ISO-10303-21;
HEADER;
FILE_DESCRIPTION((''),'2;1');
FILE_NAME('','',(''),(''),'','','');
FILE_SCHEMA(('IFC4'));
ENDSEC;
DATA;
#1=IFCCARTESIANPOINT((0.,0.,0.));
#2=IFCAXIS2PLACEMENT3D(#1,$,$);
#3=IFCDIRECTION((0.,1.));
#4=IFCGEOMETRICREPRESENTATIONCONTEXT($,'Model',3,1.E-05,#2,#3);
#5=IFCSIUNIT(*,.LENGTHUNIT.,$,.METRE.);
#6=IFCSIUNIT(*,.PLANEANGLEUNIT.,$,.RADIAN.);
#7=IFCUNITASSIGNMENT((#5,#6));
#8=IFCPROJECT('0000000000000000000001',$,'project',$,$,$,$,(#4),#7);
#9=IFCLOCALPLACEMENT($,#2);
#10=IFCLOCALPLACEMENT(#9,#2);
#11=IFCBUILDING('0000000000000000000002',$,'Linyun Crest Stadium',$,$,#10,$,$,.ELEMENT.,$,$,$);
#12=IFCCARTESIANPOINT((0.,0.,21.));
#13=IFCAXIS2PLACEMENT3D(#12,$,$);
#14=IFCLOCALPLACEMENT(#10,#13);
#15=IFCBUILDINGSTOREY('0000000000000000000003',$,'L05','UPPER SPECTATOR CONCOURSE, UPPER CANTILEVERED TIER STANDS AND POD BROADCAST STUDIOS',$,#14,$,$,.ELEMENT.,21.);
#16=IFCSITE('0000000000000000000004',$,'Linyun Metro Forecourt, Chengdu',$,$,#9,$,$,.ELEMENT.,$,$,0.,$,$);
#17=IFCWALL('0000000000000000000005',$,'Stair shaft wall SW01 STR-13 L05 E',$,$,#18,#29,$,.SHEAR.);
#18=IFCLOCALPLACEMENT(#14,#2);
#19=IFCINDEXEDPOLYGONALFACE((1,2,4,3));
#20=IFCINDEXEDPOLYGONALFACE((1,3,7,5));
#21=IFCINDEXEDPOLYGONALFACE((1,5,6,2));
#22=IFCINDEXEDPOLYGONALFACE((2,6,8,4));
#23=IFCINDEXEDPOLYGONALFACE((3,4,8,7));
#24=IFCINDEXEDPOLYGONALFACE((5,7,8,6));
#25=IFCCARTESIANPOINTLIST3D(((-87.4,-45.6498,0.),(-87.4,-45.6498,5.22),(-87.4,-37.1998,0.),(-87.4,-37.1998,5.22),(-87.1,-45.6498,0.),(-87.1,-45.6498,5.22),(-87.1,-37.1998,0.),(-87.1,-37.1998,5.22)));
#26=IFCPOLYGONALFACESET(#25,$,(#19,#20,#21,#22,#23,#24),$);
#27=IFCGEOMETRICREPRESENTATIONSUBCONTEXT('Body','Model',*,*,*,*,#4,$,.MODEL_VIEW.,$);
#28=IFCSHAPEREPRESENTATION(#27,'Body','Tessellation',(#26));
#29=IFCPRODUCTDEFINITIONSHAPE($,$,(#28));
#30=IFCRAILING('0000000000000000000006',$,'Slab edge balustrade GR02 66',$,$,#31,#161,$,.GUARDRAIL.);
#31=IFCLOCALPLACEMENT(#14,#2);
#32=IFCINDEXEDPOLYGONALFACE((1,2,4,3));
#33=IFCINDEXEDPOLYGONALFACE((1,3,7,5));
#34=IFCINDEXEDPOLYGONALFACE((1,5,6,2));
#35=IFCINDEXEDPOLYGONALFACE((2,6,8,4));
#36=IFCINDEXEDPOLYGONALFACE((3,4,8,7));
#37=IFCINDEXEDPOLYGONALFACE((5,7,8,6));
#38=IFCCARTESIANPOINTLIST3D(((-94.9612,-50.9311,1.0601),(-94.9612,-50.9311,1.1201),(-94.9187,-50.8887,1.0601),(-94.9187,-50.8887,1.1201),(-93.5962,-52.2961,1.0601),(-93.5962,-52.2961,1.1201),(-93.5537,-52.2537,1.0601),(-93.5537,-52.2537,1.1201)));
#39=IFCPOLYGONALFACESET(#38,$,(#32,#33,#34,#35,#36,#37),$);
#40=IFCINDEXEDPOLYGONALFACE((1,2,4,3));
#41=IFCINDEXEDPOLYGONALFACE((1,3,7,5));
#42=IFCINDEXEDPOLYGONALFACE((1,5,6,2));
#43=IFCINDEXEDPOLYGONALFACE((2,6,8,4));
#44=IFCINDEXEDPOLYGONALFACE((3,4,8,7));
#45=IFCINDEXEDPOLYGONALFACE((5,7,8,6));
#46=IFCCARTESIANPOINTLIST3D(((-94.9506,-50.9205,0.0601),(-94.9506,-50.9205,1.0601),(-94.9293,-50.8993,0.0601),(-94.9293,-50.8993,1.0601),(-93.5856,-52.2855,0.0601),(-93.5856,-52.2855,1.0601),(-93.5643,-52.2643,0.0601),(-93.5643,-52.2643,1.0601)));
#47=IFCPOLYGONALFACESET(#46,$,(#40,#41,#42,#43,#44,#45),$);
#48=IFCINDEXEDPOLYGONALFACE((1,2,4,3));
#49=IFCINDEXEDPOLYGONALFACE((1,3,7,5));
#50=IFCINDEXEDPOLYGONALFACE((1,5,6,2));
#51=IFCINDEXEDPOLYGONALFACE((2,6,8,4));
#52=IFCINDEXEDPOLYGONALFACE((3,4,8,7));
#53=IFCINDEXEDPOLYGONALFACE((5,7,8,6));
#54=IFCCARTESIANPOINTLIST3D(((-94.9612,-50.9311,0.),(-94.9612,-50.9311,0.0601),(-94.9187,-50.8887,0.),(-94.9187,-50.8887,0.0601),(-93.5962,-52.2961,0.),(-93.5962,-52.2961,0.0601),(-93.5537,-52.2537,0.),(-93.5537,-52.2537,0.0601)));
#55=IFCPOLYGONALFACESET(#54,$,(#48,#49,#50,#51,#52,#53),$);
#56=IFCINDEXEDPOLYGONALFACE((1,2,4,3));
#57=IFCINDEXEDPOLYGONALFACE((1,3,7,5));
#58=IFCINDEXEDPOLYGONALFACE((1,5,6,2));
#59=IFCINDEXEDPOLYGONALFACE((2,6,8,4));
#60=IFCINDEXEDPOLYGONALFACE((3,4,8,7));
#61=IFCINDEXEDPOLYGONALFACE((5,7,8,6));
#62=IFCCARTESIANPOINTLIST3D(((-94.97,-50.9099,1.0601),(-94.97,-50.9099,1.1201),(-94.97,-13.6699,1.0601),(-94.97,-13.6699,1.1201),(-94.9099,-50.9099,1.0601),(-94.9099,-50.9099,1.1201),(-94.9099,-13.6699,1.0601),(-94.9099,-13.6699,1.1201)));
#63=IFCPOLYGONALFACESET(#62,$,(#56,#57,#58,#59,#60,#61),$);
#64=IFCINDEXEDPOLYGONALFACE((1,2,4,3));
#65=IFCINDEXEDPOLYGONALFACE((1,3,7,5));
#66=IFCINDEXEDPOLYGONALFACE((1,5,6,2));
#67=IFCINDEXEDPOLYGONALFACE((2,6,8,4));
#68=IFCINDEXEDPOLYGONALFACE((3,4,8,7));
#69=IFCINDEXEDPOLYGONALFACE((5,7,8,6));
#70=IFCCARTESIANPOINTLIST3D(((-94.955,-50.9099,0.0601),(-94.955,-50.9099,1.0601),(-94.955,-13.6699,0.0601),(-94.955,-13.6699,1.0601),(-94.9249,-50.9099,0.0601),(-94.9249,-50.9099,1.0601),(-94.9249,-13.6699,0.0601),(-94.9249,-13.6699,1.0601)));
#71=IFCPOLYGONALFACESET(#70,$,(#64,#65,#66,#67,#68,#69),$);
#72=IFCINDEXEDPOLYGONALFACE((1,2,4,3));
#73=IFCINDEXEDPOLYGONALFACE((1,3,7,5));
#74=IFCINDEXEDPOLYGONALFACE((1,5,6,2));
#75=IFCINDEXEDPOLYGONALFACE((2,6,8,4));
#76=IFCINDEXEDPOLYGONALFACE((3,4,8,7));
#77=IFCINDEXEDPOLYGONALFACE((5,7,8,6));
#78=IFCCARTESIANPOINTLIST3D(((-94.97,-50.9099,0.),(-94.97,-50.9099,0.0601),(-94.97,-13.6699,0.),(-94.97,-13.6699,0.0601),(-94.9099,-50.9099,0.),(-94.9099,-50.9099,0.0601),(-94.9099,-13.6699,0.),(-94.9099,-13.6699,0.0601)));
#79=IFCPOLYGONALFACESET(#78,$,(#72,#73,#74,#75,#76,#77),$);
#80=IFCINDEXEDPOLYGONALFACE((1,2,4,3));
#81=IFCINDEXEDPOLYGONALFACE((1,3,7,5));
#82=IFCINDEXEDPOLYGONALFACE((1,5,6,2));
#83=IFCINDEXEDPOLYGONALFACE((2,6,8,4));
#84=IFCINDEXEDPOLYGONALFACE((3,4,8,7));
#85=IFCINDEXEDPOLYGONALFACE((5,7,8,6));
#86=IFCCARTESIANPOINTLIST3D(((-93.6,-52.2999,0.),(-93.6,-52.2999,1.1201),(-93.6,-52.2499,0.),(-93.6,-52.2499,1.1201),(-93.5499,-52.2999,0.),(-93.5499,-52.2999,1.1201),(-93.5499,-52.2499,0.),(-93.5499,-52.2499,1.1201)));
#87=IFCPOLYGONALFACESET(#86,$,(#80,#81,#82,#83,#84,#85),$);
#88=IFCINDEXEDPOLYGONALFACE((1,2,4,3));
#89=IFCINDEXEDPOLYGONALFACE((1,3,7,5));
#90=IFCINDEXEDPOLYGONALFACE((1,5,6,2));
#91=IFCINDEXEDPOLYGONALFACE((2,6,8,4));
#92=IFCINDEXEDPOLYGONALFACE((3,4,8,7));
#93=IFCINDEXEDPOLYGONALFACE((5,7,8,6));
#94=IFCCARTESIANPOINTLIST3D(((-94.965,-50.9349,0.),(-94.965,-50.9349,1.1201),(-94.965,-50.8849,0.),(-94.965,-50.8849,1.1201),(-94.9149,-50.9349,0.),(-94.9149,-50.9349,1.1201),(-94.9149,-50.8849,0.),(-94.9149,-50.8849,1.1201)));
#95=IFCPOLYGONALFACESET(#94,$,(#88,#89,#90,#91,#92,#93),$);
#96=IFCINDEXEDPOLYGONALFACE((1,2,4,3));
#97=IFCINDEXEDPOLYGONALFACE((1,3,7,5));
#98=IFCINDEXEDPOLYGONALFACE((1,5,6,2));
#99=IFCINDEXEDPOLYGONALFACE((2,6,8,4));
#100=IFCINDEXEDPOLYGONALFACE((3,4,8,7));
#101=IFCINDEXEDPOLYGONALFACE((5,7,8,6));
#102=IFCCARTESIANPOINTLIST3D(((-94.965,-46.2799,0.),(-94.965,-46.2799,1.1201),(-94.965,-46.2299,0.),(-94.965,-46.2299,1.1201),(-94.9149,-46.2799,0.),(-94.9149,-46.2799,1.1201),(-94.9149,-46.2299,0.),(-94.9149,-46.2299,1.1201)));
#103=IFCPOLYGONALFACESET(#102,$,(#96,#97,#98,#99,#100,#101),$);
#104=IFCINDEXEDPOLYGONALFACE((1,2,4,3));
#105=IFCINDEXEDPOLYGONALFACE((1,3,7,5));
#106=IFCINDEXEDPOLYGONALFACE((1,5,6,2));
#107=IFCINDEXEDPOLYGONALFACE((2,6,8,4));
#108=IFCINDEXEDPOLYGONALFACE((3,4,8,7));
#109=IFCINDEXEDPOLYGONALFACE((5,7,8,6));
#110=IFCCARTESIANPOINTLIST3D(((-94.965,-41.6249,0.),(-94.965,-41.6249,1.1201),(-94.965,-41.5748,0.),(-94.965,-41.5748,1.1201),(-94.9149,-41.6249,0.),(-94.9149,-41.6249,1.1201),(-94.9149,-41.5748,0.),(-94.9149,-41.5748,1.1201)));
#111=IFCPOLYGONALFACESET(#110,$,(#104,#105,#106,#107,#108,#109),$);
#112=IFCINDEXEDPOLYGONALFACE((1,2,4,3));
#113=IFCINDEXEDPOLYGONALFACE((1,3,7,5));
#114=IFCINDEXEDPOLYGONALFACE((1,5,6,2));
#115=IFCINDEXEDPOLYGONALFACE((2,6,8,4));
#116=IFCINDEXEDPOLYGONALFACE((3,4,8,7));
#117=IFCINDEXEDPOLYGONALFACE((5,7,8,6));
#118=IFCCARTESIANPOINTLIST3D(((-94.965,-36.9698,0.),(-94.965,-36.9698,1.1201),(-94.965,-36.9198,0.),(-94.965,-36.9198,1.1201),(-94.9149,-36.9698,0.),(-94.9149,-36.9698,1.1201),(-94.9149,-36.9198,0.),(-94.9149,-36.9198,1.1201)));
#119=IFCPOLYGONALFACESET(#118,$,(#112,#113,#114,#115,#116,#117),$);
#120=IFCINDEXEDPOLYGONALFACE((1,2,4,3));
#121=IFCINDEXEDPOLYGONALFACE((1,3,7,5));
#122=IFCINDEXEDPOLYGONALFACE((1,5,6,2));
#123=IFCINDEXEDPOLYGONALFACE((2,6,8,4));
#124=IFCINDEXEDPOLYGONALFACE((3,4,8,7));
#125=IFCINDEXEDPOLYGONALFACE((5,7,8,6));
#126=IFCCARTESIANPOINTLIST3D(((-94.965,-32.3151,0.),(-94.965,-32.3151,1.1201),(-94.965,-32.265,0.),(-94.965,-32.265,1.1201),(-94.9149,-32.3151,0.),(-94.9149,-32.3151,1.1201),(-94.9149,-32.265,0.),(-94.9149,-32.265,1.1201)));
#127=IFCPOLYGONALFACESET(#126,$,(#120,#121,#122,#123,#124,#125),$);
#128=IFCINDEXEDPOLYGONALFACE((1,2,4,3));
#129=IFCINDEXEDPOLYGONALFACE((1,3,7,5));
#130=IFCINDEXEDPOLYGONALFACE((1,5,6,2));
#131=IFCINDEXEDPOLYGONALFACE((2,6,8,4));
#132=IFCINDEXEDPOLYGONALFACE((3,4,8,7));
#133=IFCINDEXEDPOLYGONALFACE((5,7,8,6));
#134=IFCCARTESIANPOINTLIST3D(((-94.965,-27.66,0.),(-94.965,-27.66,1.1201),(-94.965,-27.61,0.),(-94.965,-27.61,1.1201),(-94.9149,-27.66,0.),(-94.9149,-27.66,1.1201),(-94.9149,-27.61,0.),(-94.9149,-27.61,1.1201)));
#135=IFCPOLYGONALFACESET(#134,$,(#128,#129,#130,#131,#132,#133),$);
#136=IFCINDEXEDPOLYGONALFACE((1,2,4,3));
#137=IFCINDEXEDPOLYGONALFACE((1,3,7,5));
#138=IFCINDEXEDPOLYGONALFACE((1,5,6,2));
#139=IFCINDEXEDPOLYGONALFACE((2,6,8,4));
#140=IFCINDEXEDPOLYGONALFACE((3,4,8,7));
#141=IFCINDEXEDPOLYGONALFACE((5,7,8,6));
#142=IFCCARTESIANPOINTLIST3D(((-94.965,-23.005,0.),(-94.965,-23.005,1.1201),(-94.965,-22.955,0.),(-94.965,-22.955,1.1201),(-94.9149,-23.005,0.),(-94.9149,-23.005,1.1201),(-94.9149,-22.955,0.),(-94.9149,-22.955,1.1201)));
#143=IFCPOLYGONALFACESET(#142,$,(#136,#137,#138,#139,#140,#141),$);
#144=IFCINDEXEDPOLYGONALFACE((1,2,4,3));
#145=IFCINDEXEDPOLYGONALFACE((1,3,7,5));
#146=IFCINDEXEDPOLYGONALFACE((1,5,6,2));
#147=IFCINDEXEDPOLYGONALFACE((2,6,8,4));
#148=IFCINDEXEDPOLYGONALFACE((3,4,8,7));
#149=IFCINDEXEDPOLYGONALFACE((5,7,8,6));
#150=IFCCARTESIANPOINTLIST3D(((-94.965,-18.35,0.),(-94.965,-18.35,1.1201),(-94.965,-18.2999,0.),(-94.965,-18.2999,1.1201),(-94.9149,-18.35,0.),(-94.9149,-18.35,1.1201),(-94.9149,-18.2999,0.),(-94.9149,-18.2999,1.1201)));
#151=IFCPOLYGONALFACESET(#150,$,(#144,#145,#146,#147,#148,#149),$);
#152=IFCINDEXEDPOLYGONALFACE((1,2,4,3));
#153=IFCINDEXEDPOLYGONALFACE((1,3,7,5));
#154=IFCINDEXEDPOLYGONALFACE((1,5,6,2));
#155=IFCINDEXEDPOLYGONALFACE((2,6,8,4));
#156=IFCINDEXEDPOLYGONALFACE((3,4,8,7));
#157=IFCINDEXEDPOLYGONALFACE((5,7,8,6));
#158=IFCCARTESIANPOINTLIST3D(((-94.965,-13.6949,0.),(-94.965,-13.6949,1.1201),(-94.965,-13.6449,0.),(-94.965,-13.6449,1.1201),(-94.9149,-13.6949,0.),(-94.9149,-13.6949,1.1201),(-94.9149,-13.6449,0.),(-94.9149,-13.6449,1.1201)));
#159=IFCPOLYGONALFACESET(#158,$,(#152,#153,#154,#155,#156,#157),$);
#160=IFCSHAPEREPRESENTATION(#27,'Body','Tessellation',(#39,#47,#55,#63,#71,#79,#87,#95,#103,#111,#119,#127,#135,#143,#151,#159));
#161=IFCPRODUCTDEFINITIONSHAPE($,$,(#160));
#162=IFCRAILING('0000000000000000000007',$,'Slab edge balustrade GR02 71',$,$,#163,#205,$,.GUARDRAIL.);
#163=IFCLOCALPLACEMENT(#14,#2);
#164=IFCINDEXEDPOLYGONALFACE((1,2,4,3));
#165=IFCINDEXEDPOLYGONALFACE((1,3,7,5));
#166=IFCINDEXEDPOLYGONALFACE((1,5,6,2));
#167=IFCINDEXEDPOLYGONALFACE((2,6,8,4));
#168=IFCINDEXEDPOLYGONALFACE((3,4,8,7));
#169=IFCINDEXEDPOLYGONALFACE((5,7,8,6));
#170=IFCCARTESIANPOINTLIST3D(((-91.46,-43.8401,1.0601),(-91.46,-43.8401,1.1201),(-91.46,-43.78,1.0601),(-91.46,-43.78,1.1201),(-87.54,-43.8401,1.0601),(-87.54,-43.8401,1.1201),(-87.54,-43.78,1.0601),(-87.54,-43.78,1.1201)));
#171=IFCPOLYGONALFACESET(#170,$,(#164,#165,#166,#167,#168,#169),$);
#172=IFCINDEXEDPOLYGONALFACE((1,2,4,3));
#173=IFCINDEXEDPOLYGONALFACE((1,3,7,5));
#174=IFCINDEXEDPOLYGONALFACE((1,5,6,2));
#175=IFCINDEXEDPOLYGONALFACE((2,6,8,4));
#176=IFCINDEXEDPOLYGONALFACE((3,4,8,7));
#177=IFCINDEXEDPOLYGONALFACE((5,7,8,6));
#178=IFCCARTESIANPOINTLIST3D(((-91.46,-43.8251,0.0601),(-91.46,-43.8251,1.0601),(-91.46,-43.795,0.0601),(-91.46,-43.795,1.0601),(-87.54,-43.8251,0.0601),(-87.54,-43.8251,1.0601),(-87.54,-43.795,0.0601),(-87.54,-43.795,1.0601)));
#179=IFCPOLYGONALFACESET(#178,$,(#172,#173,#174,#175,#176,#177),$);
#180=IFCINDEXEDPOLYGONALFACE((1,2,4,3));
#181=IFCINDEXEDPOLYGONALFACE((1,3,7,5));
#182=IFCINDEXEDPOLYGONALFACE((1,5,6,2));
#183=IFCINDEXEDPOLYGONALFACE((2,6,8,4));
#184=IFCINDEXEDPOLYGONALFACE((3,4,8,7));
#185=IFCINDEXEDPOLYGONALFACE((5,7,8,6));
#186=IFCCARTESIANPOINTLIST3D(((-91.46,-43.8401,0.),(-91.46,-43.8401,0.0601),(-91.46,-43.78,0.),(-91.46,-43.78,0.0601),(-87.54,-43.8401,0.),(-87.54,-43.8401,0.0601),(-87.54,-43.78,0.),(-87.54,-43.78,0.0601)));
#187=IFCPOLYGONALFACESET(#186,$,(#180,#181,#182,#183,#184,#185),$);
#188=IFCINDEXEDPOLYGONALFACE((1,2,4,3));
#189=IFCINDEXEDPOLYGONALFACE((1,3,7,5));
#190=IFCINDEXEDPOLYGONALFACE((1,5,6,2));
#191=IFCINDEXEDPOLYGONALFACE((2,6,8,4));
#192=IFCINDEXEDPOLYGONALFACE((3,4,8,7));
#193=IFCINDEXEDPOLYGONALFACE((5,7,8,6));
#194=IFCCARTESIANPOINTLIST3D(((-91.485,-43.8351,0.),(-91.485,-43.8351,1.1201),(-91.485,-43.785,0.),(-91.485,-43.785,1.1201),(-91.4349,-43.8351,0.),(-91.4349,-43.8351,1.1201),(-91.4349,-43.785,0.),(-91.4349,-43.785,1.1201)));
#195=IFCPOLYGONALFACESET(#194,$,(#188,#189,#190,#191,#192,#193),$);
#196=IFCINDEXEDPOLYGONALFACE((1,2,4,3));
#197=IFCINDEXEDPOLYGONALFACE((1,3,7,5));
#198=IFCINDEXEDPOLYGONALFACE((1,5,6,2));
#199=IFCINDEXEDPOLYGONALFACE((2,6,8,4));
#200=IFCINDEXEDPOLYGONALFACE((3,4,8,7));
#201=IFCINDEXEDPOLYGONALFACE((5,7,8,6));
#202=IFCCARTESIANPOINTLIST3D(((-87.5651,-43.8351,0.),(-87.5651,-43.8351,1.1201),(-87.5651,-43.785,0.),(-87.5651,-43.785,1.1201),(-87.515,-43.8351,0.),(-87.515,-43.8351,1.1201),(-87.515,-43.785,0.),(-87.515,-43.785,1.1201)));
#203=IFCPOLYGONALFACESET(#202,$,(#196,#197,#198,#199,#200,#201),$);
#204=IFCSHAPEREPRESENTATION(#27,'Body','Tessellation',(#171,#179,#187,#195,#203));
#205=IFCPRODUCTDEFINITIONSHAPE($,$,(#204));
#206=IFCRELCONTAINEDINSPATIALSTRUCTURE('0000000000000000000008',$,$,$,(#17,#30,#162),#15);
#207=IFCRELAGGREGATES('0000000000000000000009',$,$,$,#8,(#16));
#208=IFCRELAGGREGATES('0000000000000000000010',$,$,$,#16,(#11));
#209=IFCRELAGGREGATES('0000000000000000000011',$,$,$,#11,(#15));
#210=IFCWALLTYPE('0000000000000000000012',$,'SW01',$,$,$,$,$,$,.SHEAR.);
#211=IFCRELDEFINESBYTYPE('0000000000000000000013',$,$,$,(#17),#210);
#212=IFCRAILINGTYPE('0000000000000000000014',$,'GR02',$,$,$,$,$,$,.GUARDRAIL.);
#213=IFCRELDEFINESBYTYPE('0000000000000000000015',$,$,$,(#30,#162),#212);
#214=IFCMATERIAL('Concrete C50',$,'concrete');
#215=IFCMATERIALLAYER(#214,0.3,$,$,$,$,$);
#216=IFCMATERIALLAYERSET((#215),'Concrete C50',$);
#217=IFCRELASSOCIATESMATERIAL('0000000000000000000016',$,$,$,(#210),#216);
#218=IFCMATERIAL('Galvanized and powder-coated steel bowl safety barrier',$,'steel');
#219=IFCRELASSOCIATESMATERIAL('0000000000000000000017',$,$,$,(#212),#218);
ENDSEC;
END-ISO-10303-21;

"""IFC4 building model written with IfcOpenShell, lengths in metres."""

from ifc_helpers import new_model, si_unit, direction, frame, frame_2d, origin, origin_2d, place, context, subcontext, project, spatial, rectangle, extrude, material, layer, layer_set, type_object, element, save


model = new_model("IFC4")

# Units and contexts
model_context = context("Model", 3, precision=1e-05, world=origin(), true_north=direction((0.0, 1.0)))
body_context = subcontext(model_context, "Body", "Model", "MODEL_VIEW")
ifc_project = project(units=[si_unit("LENGTHUNIT", "METRE"), si_unit("PLANEANGLEUNIT", "RADIAN")], contexts=[model_context])

# Site, building, storey
site_placement = place(None, origin())
site = spatial("IfcSite", under=ifc_project, at=site_placement, Name="Linyun Metro Forecourt, Chengdu", CompositionType="ELEMENT", RefElevation=0.0)
building_placement = place(site_placement, origin())
building = spatial("IfcBuilding", under=site, at=building_placement, Name="Linyun Crest Stadium", CompositionType="ELEMENT")
storey_placement = place(building_placement, frame((0.0, 0.0, 21.0)))
storey = spatial("IfcBuildingStorey", under=building, at=storey_placement, Name="L05", Description="UPPER SPECTATOR CONCOURSE, UPPER CANTILEVERED TIER STANDS AND POD BROADCAST STUDIOS", CompositionType="ELEMENT", Elevation=21.0)

# Shared definitions
ifc_material_1 = material(Name="Concrete C50", Category="concrete")
ifc_layer_1 = layer(ifc_material_1, 0.3)
ifc_layer_set_1 = layer_set([ifc_layer_1], Name="Concrete C50")
wall_type_1 = type_object("IfcWallType", Name="SW01", PredefinedType="SHEAR", material=ifc_layer_set_1)

# Wall
for number, where, z_axis, x_axis, name in (
    (1, (-87.25, -45.6499, 0.0), (0.0, 0.0, 1.0), (0.0, 1.0, 0.0), "Stair shaft wall SW01 STR-13 L05 E"),
):
    element("IfcWall", number, at=place(storey_placement, frame(where, z_axis=z_axis, x_axis=x_axis)), inside=storey, type_object=wall_type_1, Name=name, PredefinedType="SHEAR", context=body_context, shape_type="SweptSolid", body=[
        extrude(rectangle(XDim=8.45, YDim=0.3, at=frame_2d((4.2251, 0.0))), origin(), (0.0, 0.0, 1.0), 5.22),
    ])

# Railings
ifc_material_2 = material(Name="Galvanized and powder-coated steel bowl safety barrier", Category="steel")
railing_type_1 = type_object("IfcRailingType", Name="GR02", PredefinedType="GUARDRAIL", material=ifc_material_2)
railing_1_placement = place(storey_placement, frame((-93.575, -52.2749, 0.0)))
element("IfcRailing", 2, at=railing_1_placement, inside=storey, type_object=railing_type_1, Name="Slab edge balustrade GR02 66", PredefinedType="GUARDRAIL", context=body_context, shape_type="SweptSolid", body=[
    extrude(rectangle(XDim=0.0601, YDim=0.0601, at=origin_2d()), frame((0.0, 0.0, 1.0901), z_axis=(-0.707107, 0.707107, 0.0), x_axis=(-0.707107, -0.707107, 0.0)), (0.0, 0.0, 1.0), 1.9304),
    extrude(rectangle(XDim=0.03, YDim=1.0, at=origin_2d()), frame((0.0, 0.0, 0.5601), z_axis=(-0.707107, 0.707107, 0.0), x_axis=(-0.707107, -0.707107, 0.0)), (0.0, 0.0, 1.0), 1.9304),
    extrude(rectangle(XDim=0.0601, YDim=0.0601, at=origin_2d()), frame((0.0, 0.0, 0.03), z_axis=(-0.707107, 0.707107, 0.0), x_axis=(-0.707107, -0.707107, 0.0)), (0.0, 0.0, 1.0), 1.9304),
    extrude(rectangle(XDim=0.0601, YDim=0.0601, at=origin_2d()), frame((-1.365, 1.365, 1.0901), z_axis=(0.0, 1.0, 0.0), x_axis=(-1.0, 0.0, 0.0)), (0.0, 0.0, 1.0), 37.24),
    extrude(rectangle(XDim=0.03, YDim=1.0, at=origin_2d()), frame((-1.365, 1.365, 0.5601), z_axis=(0.0, 1.0, 0.0), x_axis=(-1.0, 0.0, 0.0)), (0.0, 0.0, 1.0), 37.24),
    extrude(rectangle(XDim=0.0601, YDim=0.0601, at=origin_2d()), frame((-1.365, 1.365, 0.03), z_axis=(0.0, 1.0, 0.0), x_axis=(-1.0, 0.0, 0.0)), (0.0, 0.0, 1.0), 37.24),
    extrude(rectangle(XDim=0.05, YDim=0.05, at=origin_2d()), origin(), (0.0, 0.0, 1.0), 1.1201),
    extrude(rectangle(XDim=0.05, YDim=0.05, at=origin_2d()), frame((-1.365, 1.365, 0.0)), (0.0, 0.0, 1.0), 1.1201),
    extrude(rectangle(XDim=0.05, YDim=0.05, at=origin_2d()), frame((-1.365, 6.02, 0.0)), (0.0, 0.0, 1.0), 1.1201),
    extrude(rectangle(XDim=0.05, YDim=0.05, at=origin_2d()), frame((-1.365, 10.675, 0.0)), (0.0, 0.0, 1.0), 1.1201),
    extrude(rectangle(XDim=0.05, YDim=0.05, at=origin_2d()), frame((-1.365, 15.3301, 0.0)), (0.0, 0.0, 1.0), 1.1201),
    extrude(rectangle(XDim=0.05, YDim=0.05, at=origin_2d()), frame((-1.365, 19.9849, 0.0)), (0.0, 0.0, 1.0), 1.1201),
    extrude(rectangle(XDim=0.05, YDim=0.05, at=origin_2d()), frame((-1.365, 24.6399, 0.0)), (0.0, 0.0, 1.0), 1.1201),
    extrude(rectangle(XDim=0.05, YDim=0.05, at=origin_2d()), frame((-1.365, 29.2949, 0.0)), (0.0, 0.0, 1.0), 1.1201),
    extrude(rectangle(XDim=0.05, YDim=0.05, at=origin_2d()), frame((-1.365, 33.95, 0.0)), (0.0, 0.0, 1.0), 1.1201),
    extrude(rectangle(XDim=0.05, YDim=0.05, at=origin_2d()), frame((-1.365, 38.605, 0.0)), (0.0, 0.0, 1.0), 1.1201),
])
railing_2_placement = place(storey_placement, frame((-91.46, -43.8101, 0.0)))
element("IfcRailing", 3, at=railing_2_placement, inside=storey, type_object=railing_type_1, Name="Slab edge balustrade GR02 71", PredefinedType="GUARDRAIL", context=body_context, shape_type="SweptSolid", body=[
    extrude(rectangle(XDim=0.0601, YDim=0.0601, at=origin_2d()), frame((0.0, 0.0, 1.0901), z_axis=(1.0, 0.0, 0.0), x_axis=(0.0, 1.0, 0.0)), (0.0, 0.0, 1.0), 3.9199),
    extrude(rectangle(XDim=0.03, YDim=1.0, at=origin_2d()), frame((0.0, 0.0, 0.5601), z_axis=(1.0, 0.0, 0.0), x_axis=(0.0, 1.0, 0.0)), (0.0, 0.0, 1.0), 3.9199),
    extrude(rectangle(XDim=0.0601, YDim=0.0601, at=origin_2d()), frame((0.0, 0.0, 0.03), z_axis=(1.0, 0.0, 0.0), x_axis=(0.0, 1.0, 0.0)), (0.0, 0.0, 1.0), 3.9199),
    extrude(rectangle(XDim=0.05, YDim=0.05, at=origin_2d()), origin(), (0.0, 0.0, 1.0), 1.1201),
    extrude(rectangle(XDim=0.05, YDim=0.05, at=origin_2d()), frame((3.9199, 0.0, 0.0)), (0.0, 0.0, 1.0), 1.1201),
])

save(model, "model.ifc")
